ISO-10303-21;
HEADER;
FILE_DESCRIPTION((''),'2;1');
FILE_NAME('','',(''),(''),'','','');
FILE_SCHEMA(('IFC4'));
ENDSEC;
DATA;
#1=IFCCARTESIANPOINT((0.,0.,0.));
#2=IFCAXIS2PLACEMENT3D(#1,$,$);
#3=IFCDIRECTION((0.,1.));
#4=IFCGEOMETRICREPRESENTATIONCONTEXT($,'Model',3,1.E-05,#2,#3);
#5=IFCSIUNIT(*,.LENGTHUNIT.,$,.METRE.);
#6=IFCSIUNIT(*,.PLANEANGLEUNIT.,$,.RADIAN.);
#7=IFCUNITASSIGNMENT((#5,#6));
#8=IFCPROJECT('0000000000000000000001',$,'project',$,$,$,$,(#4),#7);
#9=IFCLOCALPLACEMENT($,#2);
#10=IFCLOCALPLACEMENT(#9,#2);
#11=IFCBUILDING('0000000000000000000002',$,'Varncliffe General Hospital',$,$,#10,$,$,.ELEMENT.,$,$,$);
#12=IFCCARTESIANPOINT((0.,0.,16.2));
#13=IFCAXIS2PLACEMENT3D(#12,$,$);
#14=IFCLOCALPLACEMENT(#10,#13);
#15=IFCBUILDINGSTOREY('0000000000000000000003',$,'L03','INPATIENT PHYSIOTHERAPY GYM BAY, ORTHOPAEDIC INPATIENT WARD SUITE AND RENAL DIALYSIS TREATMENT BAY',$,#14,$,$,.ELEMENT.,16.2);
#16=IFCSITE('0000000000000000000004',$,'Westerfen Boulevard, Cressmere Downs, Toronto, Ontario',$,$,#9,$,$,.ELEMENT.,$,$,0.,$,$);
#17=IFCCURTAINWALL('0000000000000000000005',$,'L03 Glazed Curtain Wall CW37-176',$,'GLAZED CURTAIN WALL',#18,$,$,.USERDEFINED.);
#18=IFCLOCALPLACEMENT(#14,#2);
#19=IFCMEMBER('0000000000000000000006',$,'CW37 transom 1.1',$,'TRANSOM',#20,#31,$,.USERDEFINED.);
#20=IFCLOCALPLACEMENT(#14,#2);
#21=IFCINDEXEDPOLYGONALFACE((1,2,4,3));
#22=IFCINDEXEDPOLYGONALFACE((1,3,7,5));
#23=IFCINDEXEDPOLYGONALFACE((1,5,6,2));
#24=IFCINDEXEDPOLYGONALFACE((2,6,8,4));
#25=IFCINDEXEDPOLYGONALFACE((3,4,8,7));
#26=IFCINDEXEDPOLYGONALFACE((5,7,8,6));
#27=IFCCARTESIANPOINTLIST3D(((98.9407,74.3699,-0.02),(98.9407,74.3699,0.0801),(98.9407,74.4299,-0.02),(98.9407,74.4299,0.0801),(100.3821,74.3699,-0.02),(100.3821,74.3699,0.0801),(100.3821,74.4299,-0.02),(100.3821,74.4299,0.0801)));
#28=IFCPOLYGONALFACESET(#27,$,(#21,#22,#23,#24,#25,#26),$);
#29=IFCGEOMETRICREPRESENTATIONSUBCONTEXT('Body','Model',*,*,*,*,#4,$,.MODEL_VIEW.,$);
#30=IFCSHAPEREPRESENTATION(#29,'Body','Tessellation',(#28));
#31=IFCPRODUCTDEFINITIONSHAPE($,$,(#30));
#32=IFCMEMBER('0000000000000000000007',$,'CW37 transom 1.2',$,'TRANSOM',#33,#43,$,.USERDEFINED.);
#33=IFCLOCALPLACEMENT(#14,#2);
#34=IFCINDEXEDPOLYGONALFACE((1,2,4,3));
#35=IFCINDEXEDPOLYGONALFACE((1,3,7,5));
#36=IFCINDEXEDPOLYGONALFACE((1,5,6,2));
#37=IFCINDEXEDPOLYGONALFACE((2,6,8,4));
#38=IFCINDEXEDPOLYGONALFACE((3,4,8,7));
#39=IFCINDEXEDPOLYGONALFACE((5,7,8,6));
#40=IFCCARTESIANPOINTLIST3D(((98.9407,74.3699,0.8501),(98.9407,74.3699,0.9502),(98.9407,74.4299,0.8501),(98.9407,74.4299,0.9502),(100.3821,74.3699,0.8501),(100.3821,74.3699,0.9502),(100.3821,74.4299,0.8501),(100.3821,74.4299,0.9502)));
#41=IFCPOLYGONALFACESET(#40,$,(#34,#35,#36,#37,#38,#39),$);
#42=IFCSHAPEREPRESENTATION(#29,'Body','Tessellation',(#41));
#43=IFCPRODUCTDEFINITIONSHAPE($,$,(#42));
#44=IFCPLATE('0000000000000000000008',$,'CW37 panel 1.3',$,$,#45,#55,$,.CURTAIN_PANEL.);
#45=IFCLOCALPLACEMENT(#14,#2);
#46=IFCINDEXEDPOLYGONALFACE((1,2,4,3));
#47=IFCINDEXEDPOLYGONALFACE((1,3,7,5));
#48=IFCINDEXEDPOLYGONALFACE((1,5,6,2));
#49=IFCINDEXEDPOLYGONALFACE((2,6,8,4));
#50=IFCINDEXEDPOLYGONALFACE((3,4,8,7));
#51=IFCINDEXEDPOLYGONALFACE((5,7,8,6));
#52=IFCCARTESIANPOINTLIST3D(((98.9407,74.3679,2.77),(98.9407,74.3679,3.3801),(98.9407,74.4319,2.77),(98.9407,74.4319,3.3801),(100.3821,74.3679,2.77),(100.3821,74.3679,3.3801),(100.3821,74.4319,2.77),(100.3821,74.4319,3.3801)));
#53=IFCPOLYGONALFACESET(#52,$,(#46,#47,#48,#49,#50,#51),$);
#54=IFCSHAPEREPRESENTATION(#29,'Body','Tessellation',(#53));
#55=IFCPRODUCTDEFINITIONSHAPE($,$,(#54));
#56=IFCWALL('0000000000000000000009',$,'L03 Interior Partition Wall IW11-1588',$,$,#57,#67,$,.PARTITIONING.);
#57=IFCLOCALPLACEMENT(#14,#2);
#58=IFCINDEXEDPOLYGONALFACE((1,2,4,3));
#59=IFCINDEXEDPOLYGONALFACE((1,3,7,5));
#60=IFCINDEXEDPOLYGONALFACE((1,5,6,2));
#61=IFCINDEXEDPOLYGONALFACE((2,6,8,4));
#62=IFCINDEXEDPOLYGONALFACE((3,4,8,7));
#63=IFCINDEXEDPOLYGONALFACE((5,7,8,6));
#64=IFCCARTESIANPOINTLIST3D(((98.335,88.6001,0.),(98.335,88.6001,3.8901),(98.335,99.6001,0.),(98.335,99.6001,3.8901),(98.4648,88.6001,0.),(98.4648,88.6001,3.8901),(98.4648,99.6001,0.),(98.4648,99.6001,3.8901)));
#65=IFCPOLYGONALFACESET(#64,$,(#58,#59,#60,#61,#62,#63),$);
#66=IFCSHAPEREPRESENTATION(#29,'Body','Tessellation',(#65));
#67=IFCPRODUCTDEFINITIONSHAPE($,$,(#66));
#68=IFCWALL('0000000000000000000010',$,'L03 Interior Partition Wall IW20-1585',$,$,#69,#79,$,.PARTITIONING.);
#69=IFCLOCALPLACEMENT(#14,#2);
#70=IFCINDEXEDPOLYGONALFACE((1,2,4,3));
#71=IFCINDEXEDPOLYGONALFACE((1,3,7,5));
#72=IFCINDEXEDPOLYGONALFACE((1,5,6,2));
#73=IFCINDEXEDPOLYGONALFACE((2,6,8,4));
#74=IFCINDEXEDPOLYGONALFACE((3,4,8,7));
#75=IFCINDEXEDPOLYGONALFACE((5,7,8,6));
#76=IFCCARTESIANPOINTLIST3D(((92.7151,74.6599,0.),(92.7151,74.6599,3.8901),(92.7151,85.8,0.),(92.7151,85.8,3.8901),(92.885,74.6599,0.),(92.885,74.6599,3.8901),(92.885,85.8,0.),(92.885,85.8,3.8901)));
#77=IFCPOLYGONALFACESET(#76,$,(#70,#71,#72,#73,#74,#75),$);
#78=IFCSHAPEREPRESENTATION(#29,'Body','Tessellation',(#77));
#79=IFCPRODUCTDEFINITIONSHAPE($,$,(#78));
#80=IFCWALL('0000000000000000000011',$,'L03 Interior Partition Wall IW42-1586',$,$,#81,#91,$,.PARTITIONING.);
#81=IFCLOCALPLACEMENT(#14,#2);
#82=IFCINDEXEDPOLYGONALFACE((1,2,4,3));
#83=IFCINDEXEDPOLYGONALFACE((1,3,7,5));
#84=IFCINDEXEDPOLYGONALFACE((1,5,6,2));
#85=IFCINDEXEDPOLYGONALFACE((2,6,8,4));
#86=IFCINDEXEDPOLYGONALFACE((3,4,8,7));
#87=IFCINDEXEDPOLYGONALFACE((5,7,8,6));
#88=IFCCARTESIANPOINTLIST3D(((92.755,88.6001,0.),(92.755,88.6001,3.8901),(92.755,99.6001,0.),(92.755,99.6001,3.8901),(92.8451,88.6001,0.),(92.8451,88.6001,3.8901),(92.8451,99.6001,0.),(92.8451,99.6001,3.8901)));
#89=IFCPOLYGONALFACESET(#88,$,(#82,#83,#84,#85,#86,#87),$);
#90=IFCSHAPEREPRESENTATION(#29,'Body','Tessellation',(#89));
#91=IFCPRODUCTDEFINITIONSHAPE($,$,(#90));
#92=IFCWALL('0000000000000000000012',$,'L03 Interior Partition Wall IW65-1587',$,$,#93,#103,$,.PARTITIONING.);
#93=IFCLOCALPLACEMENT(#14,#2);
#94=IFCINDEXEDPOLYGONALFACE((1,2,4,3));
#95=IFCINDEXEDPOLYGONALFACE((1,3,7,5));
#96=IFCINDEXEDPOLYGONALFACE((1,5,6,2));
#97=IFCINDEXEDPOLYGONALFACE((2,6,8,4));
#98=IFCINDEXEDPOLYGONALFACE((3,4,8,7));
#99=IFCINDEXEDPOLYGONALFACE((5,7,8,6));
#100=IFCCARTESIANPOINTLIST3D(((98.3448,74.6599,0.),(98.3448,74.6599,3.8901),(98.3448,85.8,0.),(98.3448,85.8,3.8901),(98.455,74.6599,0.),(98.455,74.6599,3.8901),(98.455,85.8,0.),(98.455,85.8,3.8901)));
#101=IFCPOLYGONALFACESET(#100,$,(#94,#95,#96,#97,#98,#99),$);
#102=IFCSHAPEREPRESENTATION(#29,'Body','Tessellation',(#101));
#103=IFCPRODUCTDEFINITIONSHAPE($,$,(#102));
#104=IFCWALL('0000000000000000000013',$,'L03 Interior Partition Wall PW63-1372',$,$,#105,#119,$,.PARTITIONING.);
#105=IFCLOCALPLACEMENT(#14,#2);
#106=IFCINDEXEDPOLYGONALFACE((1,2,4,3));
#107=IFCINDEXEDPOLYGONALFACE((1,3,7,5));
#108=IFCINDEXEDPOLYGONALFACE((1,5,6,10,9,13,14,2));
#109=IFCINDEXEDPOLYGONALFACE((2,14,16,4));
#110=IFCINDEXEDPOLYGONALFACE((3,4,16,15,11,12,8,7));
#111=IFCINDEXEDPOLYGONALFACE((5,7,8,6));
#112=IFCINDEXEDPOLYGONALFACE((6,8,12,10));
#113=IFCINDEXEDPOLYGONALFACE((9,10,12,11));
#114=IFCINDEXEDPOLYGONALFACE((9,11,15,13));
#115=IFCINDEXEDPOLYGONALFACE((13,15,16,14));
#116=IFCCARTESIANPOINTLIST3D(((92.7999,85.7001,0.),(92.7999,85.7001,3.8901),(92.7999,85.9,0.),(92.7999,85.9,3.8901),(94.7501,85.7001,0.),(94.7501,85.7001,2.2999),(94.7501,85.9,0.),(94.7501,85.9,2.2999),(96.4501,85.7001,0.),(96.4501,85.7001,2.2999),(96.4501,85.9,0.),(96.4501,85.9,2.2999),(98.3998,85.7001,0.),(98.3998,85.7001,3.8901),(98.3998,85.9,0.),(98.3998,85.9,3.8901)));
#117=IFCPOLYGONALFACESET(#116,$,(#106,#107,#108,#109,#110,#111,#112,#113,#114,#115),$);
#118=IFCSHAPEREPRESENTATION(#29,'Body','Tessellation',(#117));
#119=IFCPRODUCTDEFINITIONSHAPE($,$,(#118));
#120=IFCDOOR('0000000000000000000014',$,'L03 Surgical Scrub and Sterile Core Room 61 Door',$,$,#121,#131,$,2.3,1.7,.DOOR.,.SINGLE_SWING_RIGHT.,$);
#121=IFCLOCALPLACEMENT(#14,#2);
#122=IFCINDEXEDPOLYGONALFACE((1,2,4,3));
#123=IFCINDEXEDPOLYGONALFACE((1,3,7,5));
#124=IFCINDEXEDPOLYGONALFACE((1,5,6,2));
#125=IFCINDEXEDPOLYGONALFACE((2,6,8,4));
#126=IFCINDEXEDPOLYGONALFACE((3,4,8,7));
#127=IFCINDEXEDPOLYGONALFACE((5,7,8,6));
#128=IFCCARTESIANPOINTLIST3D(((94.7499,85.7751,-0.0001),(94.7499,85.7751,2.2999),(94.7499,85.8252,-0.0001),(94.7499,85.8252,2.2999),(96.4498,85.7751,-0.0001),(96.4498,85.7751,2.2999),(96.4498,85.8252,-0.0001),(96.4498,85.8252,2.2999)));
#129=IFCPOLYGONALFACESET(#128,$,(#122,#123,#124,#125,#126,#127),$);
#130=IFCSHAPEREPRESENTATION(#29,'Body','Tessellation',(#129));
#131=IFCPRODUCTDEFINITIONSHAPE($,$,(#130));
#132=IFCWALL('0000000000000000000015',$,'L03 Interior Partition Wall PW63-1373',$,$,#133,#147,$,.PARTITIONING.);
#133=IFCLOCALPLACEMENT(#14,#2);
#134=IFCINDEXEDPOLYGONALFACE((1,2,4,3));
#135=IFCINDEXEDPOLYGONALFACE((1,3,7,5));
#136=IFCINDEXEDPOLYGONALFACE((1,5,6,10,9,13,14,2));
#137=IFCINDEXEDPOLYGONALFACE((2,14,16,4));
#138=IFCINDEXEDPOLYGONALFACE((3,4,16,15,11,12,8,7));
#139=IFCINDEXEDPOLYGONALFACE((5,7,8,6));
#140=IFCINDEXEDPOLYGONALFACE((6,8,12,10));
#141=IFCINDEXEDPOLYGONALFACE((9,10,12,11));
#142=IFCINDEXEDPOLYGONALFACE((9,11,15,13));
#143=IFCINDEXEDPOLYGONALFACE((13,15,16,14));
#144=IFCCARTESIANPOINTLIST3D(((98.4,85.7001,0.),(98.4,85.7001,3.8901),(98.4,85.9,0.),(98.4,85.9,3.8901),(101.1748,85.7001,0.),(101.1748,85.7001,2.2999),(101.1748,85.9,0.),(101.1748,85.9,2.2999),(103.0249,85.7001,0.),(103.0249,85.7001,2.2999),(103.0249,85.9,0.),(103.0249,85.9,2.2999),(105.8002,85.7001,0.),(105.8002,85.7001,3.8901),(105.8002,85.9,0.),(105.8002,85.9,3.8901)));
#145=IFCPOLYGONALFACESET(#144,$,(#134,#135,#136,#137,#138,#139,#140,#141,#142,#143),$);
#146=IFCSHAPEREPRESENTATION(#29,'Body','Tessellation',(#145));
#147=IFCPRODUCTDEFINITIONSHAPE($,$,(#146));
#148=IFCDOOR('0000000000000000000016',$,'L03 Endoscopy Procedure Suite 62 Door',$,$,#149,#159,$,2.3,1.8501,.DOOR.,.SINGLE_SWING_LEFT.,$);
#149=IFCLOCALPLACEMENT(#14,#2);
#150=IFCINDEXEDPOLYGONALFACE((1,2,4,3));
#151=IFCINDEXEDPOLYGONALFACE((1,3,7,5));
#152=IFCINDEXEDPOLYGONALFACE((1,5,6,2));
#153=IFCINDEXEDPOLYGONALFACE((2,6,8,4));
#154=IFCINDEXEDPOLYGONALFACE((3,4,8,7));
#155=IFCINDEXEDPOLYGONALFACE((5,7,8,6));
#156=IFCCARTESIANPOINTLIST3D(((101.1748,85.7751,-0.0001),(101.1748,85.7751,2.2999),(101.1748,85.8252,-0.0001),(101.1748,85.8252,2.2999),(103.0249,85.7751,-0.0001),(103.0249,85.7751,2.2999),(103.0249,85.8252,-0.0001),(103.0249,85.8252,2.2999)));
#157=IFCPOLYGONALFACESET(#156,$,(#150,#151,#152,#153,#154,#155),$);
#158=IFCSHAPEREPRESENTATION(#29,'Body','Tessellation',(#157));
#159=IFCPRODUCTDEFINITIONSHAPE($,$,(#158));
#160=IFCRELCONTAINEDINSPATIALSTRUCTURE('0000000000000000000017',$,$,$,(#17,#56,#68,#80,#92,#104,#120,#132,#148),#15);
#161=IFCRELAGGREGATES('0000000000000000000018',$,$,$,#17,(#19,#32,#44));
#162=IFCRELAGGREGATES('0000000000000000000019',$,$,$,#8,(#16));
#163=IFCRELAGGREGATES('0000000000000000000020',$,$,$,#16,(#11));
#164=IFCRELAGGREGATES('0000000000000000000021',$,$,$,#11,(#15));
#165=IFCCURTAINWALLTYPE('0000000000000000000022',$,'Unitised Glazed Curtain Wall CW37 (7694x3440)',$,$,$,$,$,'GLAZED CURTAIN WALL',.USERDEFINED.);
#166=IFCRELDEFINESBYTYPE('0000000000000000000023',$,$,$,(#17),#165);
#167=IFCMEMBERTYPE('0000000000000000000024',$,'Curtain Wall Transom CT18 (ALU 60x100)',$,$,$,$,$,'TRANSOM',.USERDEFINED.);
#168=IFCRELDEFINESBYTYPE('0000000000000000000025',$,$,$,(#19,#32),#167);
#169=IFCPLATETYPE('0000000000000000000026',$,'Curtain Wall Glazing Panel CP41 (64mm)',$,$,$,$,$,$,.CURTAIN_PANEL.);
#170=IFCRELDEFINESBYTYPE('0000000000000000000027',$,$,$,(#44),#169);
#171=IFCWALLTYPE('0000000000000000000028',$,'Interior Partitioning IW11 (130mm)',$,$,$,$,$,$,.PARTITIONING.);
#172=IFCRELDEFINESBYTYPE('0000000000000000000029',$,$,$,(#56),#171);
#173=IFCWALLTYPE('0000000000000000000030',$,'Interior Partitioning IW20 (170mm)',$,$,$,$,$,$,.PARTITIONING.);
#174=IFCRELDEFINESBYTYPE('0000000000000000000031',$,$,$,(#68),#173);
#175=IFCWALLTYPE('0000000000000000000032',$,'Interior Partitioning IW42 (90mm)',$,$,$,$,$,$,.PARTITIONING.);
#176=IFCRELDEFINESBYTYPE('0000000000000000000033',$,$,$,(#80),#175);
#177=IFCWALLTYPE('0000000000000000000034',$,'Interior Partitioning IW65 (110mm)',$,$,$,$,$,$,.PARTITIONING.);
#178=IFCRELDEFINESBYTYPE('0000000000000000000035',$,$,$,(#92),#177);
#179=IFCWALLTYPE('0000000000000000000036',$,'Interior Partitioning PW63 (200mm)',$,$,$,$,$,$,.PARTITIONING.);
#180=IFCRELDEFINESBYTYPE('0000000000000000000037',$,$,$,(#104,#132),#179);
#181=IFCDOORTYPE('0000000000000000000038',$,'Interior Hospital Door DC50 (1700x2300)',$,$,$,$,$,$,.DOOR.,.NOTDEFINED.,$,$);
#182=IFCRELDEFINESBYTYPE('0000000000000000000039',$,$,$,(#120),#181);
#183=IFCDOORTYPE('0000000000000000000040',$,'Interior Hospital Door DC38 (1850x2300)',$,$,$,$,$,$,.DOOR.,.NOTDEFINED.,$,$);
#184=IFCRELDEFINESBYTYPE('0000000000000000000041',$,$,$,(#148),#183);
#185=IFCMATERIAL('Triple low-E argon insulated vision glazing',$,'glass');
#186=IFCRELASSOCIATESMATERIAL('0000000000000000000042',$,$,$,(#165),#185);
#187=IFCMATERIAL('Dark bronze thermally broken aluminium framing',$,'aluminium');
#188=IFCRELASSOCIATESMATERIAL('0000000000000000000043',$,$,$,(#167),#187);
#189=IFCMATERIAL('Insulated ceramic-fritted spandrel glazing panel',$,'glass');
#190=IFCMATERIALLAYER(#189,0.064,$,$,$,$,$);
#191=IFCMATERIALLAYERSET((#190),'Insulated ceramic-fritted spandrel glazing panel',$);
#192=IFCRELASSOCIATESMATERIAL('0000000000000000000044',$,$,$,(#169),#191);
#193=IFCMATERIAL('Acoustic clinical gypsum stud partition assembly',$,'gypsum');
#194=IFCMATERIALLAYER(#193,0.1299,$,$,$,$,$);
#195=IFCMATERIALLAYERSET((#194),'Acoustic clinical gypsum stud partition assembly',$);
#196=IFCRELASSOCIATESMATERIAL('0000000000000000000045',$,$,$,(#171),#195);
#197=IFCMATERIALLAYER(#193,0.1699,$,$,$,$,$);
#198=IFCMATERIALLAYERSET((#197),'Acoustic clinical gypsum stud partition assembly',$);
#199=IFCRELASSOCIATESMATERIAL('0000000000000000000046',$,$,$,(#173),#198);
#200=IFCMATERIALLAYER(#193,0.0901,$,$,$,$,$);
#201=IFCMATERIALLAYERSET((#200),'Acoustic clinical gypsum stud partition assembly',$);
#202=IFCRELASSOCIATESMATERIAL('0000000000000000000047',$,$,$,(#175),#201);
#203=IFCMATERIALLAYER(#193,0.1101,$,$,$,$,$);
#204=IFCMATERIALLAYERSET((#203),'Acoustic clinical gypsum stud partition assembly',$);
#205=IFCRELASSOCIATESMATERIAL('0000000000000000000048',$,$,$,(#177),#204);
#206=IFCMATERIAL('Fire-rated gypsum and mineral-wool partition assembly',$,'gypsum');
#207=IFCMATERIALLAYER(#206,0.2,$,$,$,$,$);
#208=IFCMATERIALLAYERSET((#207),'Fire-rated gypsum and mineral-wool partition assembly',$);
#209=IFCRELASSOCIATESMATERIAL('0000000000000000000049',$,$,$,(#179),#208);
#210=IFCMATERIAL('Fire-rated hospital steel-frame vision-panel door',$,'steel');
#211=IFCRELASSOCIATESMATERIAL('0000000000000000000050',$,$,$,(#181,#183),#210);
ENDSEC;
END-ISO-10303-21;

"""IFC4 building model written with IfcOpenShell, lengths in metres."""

from ifc_helpers import new_model, si_unit, direction, frame, frame_2d, origin, origin_2d, place, context, subcontext, project, spatial, rectangle, extrude, material, layer, layer_set, material_profile, profile_set, type_object, element, fill, aggregate, save


model = new_model("IFC4")

# Units and contexts
model_context = context("Model", 3, precision=1e-05, world=origin(), true_north=direction((0.0, 1.0)))
body_context = subcontext(model_context, "Body", "Model", "MODEL_VIEW")
ifc_project = project(units=[si_unit("LENGTHUNIT", "METRE"), si_unit("PLANEANGLEUNIT", "RADIAN")], contexts=[model_context])

# Site, building, storey
site_placement = place(None, origin())
site = spatial("IfcSite", under=ifc_project, at=site_placement, Name="Westerfen Boulevard, Cressmere Downs, Toronto, Ontario", CompositionType="ELEMENT", RefElevation=0.0)
building_placement = place(site_placement, origin())
building = spatial("IfcBuilding", under=site, at=building_placement, Name="Varncliffe General Hospital", CompositionType="ELEMENT")
storey_placement = place(building_placement, frame((0.0, 0.0, 16.2)))
storey = spatial("IfcBuildingStorey", under=building, at=storey_placement, Name="L03", Description="INPATIENT PHYSIOTHERAPY GYM BAY, ORTHOPAEDIC INPATIENT WARD SUITE AND RENAL DIALYSIS TREATMENT BAY", CompositionType="ELEMENT", Elevation=16.2)

# Curtain wall, members, plate
ifc_material_1 = material(Name="Triple low-E argon insulated vision glazing", Category="glass")
curtain_wall_type = type_object("IfcCurtainWallType", Name="Unitised Glazed Curtain Wall CW37 (7694x3440)", ElementType="GLAZED CURTAIN WALL", PredefinedType="USERDEFINED", material=ifc_material_1)
curtain_wall_placement = place(storey_placement, origin())
curtain_wall = element("IfcCurtainWall", 1, at=curtain_wall_placement, inside=storey, type_object=curtain_wall_type, Name="L03 Glazed Curtain Wall CW37-176", ObjectType="GLAZED CURTAIN WALL", PredefinedType="USERDEFINED")
ifc_material_2 = material(Name="Dark bronze thermally broken aluminium framing", Category="aluminium")
ifc_material_profile_1 = material_profile(ifc_material_2, rectangle(XDim=0.0601, YDim=0.1001, at=origin_2d()), Name="ALU 60x100")
ifc_profile_set_1 = profile_set([ifc_material_profile_1], Name="Dark bronze thermally broken aluminium framing")
member_type = type_object("IfcMemberType", Name="Curtain Wall Transom CT18 (ALU 60x100)", ElementType="TRANSOM", PredefinedType="USERDEFINED", material=ifc_profile_set_1)
member_1_placement = place(storey_placement, frame((100.3821, 74.3999, 0.03), z_axis=(-1.0, 0.0, 0.0), x_axis=(0.0, -1.0, 0.0)))
member_1 = element("IfcMember", 2, at=member_1_placement, type_object=member_type, Name="CW37 transom 1.1", ObjectType="TRANSOM", PredefinedType="USERDEFINED", context=body_context, shape_type="SweptSolid", body=[
    extrude(rectangle(XDim=0.0601, YDim=0.1001, at=origin_2d()), origin(), (0.0, 0.0, 1.0), 1.4414),
])
member_2_placement = place(storey_placement, frame((100.3821, 74.3999, 0.9001), z_axis=(-1.0, 0.0, 0.0), x_axis=(0.0, -1.0, 0.0)))
member_2 = element("IfcMember", 3, at=member_2_placement, type_object=member_type, Name="CW37 transom 1.2", ObjectType="TRANSOM", PredefinedType="USERDEFINED", context=body_context, shape_type="SweptSolid", body=[
    extrude(rectangle(XDim=0.0601, YDim=0.1001, at=origin_2d()), origin(), (0.0, 0.0, 1.0), 1.4414),
])
ifc_material_3 = material(Name="Insulated ceramic-fritted spandrel glazing panel", Category="glass")
ifc_layer_1 = layer(ifc_material_3, 0.064)
ifc_layer_set_1 = layer_set([ifc_layer_1], Name="Insulated ceramic-fritted spandrel glazing panel")
plate_type = type_object("IfcPlateType", Name="Curtain Wall Glazing Panel CP41 (64mm)", PredefinedType="CURTAIN_PANEL", material=ifc_layer_set_1)
plate_placement = place(storey_placement, frame((99.6614, 74.3999, 2.77), z_axis=(0.0, 0.0, 1.0), x_axis=(-1.0, 0.0, 0.0)))
plate = element("IfcPlate", 4, at=plate_placement, type_object=plate_type, Name="CW37 panel 1.3", PredefinedType="CURTAIN_PANEL", context=body_context, shape_type="SweptSolid", body=[
    extrude(rectangle(XDim=1.4414, YDim=0.064, at=origin_2d()), origin(), (0.0, 0.0, 1.0), 0.6101),
])
aggregate(curtain_wall, [member_1, member_2, plate])

# Walls
ifc_material_4 = material(Name="Acoustic clinical gypsum stud partition assembly", Category="gypsum")
ifc_layer_2 = layer(ifc_material_4, 0.1299)
ifc_layer_set_2 = layer_set([ifc_layer_2], Name="Acoustic clinical gypsum stud partition assembly")
wall_type_1 = type_object("IfcWallType", Name="Interior Partitioning IW11 (130mm)", PredefinedType="PARTITIONING", material=ifc_layer_set_2)
wall_1_placement = place(storey_placement, frame((98.3999, 88.6001, 0.0), z_axis=(0.0, 0.0, 1.0), x_axis=(0.0, 1.0, 0.0)))
element("IfcWall", 5, at=wall_1_placement, inside=storey, type_object=wall_type_1, Name="L03 Interior Partition Wall IW11-1588", PredefinedType="PARTITIONING", context=body_context, shape_type="SweptSolid", body=[
    extrude(rectangle(XDim=11.0, YDim=0.1299, at=frame_2d((5.5, 0.0))), origin(), (0.0, 0.0, 1.0), 3.8901),
])
ifc_layer_3 = layer(ifc_material_4, 0.1699)
ifc_layer_set_3 = layer_set([ifc_layer_3], Name="Acoustic clinical gypsum stud partition assembly")
wall_type_2 = type_object("IfcWallType", Name="Interior Partitioning IW20 (170mm)", PredefinedType="PARTITIONING", material=ifc_layer_set_3)
wall_2_placement = place(storey_placement, frame((92.8, 74.6599, 0.0), z_axis=(0.0, 0.0, 1.0), x_axis=(0.0, 1.0, 0.0)))
element("IfcWall", 6, at=wall_2_placement, inside=storey, type_object=wall_type_2, Name="L03 Interior Partition Wall IW20-1585", PredefinedType="PARTITIONING", context=body_context, shape_type="SweptSolid", body=[
    extrude(rectangle(XDim=11.1401, YDim=0.1699, at=frame_2d((5.5701, 0.0))), origin(), (0.0, 0.0, 1.0), 3.8901),
])
ifc_layer_4 = layer(ifc_material_4, 0.0901)
ifc_layer_set_4 = layer_set([ifc_layer_4], Name="Acoustic clinical gypsum stud partition assembly")
wall_type_3 = type_object("IfcWallType", Name="Interior Partitioning IW42 (90mm)", PredefinedType="PARTITIONING", material=ifc_layer_set_4)
wall_3_placement = place(storey_placement, frame((92.8, 88.6001, 0.0), z_axis=(0.0, 0.0, 1.0), x_axis=(0.0, 1.0, 0.0)))
element("IfcWall", 7, at=wall_3_placement, inside=storey, type_object=wall_type_3, Name="L03 Interior Partition Wall IW42-1586", PredefinedType="PARTITIONING", context=body_context, shape_type="SweptSolid", body=[
    extrude(rectangle(XDim=11.0, YDim=0.0901, at=frame_2d((5.5, 0.0))), origin(), (0.0, 0.0, 1.0), 3.8901),
])
ifc_layer_5 = layer(ifc_material_4, 0.1101)
ifc_layer_set_5 = layer_set([ifc_layer_5], Name="Acoustic clinical gypsum stud partition assembly")
wall_type_4 = type_object("IfcWallType", Name="Interior Partitioning IW65 (110mm)", PredefinedType="PARTITIONING", material=ifc_layer_set_5)
wall_4_placement = place(storey_placement, frame((98.3999, 74.6599, 0.0), z_axis=(0.0, 0.0, 1.0), x_axis=(0.0, 1.0, 0.0)))
element("IfcWall", 8, at=wall_4_placement, inside=storey, type_object=wall_type_4, Name="L03 Interior Partition Wall IW65-1587", PredefinedType="PARTITIONING", context=body_context, shape_type="SweptSolid", body=[
    extrude(rectangle(XDim=11.1401, YDim=0.1101, at=frame_2d((5.5701, 0.0))), origin(), (0.0, 0.0, 1.0), 3.8901),
])

# Walls, openings, doors
ifc_material_5 = material(Name="Fire-rated gypsum and mineral-wool partition assembly", Category="gypsum")
ifc_layer_6 = layer(ifc_material_5, 0.2)
ifc_layer_set_6 = layer_set([ifc_layer_6], Name="Fire-rated gypsum and mineral-wool partition assembly")
wall_type_5 = type_object("IfcWallType", Name="Interior Partitioning PW63 (200mm)", PredefinedType="PARTITIONING", material=ifc_layer_set_6)
wall_5_placement = place(storey_placement, frame((92.8, 85.8, 0.0), z_axis=(0.0, 0.0, 1.0), x_axis=(1.0, 0.0, 0.0)))
wall_5 = element("IfcWall", 9, at=wall_5_placement, inside=storey, type_object=wall_type_5, Name="L03 Interior Partition Wall PW63-1372", PredefinedType="PARTITIONING", context=body_context, shape_type="SweptSolid", body=[
    extrude(rectangle(XDim=5.5999, YDim=0.2, at=frame_2d((2.7998, 0.0))), origin(), (0.0, 0.0, 1.0), 3.8901),
])
opening_1_placement = place(wall_5_placement, frame((1.95, 0.0, 0.0)))
opening_1 = element("IfcOpeningElement", 10, at=opening_1_placement, cuts=wall_5, PredefinedType="OPENING", context=body_context, shape_type="SweptSolid", body=[
    extrude(rectangle(XDim=1.7, YDim=2.3, at=frame_2d((0.8501, 1.1499))), frame((0.0, 0.1099, 0.0), z_axis=(0.0, -1.0, 0.0), x_axis=(1.0, 0.0, 0.0)), (0.0, 0.0, 1.0), 0.22),
])
ifc_material_6 = material(Name="Fire-rated hospital steel-frame vision-panel door", Category="steel")
door_type_1 = type_object("IfcDoorType", Name="Interior Hospital Door DC50 (1700x2300)", OperationType="NOTDEFINED", PredefinedType="DOOR", material=ifc_material_6)
door_1_placement = place(opening_1_placement, frame((1.7, 0.0, 0.0), z_axis=(0.0, 0.0, 1.0), x_axis=(-1.0, 0.0, 0.0)))
door_1 = element("IfcDoor", 11, at=door_1_placement, inside=storey, type_object=door_type_1, Name="L03 Surgical Scrub and Sterile Core Room 61 Door", OperationType="SINGLE_SWING_RIGHT", OverallHeight=2.3, OverallWidth=1.7, PredefinedType="DOOR", context=body_context, shape_type="SweptSolid", body=[
    extrude(rectangle(XDim=1.7, YDim=2.3, at=frame_2d((0.8501, 1.1499))), frame((0.0, 0.0249, 0.0), z_axis=(0.0, -1.0, 0.0), x_axis=(1.0, 0.0, 0.0)), (0.0, 0.0, 1.0), 0.05),
])
fill(opening_1, door_1)
wall_6_placement = place(storey_placement, frame((98.3999, 85.8, 0.0), z_axis=(0.0, 0.0, 1.0), x_axis=(1.0, 0.0, 0.0)))
wall_6 = element("IfcWall", 12, at=wall_6_placement, inside=storey, type_object=wall_type_5, Name="L03 Interior Partition Wall PW63-1373", PredefinedType="PARTITIONING", context=body_context, shape_type="SweptSolid", body=[
    extrude(rectangle(XDim=7.4001, YDim=0.2, at=frame_2d((3.7002, 0.0))), origin(), (0.0, 0.0, 1.0), 3.8901),
])
opening_2_placement = place(wall_6_placement, frame((2.7749, 0.0, 0.0)))
opening_2 = element("IfcOpeningElement", 13, at=opening_2_placement, cuts=wall_6, PredefinedType="OPENING", context=body_context, shape_type="SweptSolid", body=[
    extrude(rectangle(XDim=1.8501, YDim=2.3, at=frame_2d((0.925, 1.1499))), frame((0.0, 0.1099, 0.0), z_axis=(0.0, -1.0, 0.0), x_axis=(1.0, 0.0, 0.0)), (0.0, 0.0, 1.0), 0.22),
])
door_type_2 = type_object("IfcDoorType", Name="Interior Hospital Door DC38 (1850x2300)", OperationType="NOTDEFINED", PredefinedType="DOOR", material=ifc_material_6)
door_2_placement = place(opening_2_placement, frame((1.8501, 0.0, 0.0), z_axis=(0.0, 0.0, 1.0), x_axis=(-1.0, 0.0, 0.0)))
door_2 = element("IfcDoor", 14, at=door_2_placement, inside=storey, type_object=door_type_2, Name="L03 Endoscopy Procedure Suite 62 Door", OperationType="SINGLE_SWING_LEFT", OverallHeight=2.3, OverallWidth=1.8501, PredefinedType="DOOR", context=body_context, shape_type="SweptSolid", body=[
    extrude(rectangle(XDim=1.8501, YDim=2.3, at=frame_2d((0.925, 1.1499))), frame((0.0, 0.0249, 0.0), z_axis=(0.0, -1.0, 0.0), x_axis=(1.0, 0.0, 0.0)), (0.0, 0.0, 1.0), 0.05),
])
fill(opening_2, door_2)

save(model, "model.ifc")
